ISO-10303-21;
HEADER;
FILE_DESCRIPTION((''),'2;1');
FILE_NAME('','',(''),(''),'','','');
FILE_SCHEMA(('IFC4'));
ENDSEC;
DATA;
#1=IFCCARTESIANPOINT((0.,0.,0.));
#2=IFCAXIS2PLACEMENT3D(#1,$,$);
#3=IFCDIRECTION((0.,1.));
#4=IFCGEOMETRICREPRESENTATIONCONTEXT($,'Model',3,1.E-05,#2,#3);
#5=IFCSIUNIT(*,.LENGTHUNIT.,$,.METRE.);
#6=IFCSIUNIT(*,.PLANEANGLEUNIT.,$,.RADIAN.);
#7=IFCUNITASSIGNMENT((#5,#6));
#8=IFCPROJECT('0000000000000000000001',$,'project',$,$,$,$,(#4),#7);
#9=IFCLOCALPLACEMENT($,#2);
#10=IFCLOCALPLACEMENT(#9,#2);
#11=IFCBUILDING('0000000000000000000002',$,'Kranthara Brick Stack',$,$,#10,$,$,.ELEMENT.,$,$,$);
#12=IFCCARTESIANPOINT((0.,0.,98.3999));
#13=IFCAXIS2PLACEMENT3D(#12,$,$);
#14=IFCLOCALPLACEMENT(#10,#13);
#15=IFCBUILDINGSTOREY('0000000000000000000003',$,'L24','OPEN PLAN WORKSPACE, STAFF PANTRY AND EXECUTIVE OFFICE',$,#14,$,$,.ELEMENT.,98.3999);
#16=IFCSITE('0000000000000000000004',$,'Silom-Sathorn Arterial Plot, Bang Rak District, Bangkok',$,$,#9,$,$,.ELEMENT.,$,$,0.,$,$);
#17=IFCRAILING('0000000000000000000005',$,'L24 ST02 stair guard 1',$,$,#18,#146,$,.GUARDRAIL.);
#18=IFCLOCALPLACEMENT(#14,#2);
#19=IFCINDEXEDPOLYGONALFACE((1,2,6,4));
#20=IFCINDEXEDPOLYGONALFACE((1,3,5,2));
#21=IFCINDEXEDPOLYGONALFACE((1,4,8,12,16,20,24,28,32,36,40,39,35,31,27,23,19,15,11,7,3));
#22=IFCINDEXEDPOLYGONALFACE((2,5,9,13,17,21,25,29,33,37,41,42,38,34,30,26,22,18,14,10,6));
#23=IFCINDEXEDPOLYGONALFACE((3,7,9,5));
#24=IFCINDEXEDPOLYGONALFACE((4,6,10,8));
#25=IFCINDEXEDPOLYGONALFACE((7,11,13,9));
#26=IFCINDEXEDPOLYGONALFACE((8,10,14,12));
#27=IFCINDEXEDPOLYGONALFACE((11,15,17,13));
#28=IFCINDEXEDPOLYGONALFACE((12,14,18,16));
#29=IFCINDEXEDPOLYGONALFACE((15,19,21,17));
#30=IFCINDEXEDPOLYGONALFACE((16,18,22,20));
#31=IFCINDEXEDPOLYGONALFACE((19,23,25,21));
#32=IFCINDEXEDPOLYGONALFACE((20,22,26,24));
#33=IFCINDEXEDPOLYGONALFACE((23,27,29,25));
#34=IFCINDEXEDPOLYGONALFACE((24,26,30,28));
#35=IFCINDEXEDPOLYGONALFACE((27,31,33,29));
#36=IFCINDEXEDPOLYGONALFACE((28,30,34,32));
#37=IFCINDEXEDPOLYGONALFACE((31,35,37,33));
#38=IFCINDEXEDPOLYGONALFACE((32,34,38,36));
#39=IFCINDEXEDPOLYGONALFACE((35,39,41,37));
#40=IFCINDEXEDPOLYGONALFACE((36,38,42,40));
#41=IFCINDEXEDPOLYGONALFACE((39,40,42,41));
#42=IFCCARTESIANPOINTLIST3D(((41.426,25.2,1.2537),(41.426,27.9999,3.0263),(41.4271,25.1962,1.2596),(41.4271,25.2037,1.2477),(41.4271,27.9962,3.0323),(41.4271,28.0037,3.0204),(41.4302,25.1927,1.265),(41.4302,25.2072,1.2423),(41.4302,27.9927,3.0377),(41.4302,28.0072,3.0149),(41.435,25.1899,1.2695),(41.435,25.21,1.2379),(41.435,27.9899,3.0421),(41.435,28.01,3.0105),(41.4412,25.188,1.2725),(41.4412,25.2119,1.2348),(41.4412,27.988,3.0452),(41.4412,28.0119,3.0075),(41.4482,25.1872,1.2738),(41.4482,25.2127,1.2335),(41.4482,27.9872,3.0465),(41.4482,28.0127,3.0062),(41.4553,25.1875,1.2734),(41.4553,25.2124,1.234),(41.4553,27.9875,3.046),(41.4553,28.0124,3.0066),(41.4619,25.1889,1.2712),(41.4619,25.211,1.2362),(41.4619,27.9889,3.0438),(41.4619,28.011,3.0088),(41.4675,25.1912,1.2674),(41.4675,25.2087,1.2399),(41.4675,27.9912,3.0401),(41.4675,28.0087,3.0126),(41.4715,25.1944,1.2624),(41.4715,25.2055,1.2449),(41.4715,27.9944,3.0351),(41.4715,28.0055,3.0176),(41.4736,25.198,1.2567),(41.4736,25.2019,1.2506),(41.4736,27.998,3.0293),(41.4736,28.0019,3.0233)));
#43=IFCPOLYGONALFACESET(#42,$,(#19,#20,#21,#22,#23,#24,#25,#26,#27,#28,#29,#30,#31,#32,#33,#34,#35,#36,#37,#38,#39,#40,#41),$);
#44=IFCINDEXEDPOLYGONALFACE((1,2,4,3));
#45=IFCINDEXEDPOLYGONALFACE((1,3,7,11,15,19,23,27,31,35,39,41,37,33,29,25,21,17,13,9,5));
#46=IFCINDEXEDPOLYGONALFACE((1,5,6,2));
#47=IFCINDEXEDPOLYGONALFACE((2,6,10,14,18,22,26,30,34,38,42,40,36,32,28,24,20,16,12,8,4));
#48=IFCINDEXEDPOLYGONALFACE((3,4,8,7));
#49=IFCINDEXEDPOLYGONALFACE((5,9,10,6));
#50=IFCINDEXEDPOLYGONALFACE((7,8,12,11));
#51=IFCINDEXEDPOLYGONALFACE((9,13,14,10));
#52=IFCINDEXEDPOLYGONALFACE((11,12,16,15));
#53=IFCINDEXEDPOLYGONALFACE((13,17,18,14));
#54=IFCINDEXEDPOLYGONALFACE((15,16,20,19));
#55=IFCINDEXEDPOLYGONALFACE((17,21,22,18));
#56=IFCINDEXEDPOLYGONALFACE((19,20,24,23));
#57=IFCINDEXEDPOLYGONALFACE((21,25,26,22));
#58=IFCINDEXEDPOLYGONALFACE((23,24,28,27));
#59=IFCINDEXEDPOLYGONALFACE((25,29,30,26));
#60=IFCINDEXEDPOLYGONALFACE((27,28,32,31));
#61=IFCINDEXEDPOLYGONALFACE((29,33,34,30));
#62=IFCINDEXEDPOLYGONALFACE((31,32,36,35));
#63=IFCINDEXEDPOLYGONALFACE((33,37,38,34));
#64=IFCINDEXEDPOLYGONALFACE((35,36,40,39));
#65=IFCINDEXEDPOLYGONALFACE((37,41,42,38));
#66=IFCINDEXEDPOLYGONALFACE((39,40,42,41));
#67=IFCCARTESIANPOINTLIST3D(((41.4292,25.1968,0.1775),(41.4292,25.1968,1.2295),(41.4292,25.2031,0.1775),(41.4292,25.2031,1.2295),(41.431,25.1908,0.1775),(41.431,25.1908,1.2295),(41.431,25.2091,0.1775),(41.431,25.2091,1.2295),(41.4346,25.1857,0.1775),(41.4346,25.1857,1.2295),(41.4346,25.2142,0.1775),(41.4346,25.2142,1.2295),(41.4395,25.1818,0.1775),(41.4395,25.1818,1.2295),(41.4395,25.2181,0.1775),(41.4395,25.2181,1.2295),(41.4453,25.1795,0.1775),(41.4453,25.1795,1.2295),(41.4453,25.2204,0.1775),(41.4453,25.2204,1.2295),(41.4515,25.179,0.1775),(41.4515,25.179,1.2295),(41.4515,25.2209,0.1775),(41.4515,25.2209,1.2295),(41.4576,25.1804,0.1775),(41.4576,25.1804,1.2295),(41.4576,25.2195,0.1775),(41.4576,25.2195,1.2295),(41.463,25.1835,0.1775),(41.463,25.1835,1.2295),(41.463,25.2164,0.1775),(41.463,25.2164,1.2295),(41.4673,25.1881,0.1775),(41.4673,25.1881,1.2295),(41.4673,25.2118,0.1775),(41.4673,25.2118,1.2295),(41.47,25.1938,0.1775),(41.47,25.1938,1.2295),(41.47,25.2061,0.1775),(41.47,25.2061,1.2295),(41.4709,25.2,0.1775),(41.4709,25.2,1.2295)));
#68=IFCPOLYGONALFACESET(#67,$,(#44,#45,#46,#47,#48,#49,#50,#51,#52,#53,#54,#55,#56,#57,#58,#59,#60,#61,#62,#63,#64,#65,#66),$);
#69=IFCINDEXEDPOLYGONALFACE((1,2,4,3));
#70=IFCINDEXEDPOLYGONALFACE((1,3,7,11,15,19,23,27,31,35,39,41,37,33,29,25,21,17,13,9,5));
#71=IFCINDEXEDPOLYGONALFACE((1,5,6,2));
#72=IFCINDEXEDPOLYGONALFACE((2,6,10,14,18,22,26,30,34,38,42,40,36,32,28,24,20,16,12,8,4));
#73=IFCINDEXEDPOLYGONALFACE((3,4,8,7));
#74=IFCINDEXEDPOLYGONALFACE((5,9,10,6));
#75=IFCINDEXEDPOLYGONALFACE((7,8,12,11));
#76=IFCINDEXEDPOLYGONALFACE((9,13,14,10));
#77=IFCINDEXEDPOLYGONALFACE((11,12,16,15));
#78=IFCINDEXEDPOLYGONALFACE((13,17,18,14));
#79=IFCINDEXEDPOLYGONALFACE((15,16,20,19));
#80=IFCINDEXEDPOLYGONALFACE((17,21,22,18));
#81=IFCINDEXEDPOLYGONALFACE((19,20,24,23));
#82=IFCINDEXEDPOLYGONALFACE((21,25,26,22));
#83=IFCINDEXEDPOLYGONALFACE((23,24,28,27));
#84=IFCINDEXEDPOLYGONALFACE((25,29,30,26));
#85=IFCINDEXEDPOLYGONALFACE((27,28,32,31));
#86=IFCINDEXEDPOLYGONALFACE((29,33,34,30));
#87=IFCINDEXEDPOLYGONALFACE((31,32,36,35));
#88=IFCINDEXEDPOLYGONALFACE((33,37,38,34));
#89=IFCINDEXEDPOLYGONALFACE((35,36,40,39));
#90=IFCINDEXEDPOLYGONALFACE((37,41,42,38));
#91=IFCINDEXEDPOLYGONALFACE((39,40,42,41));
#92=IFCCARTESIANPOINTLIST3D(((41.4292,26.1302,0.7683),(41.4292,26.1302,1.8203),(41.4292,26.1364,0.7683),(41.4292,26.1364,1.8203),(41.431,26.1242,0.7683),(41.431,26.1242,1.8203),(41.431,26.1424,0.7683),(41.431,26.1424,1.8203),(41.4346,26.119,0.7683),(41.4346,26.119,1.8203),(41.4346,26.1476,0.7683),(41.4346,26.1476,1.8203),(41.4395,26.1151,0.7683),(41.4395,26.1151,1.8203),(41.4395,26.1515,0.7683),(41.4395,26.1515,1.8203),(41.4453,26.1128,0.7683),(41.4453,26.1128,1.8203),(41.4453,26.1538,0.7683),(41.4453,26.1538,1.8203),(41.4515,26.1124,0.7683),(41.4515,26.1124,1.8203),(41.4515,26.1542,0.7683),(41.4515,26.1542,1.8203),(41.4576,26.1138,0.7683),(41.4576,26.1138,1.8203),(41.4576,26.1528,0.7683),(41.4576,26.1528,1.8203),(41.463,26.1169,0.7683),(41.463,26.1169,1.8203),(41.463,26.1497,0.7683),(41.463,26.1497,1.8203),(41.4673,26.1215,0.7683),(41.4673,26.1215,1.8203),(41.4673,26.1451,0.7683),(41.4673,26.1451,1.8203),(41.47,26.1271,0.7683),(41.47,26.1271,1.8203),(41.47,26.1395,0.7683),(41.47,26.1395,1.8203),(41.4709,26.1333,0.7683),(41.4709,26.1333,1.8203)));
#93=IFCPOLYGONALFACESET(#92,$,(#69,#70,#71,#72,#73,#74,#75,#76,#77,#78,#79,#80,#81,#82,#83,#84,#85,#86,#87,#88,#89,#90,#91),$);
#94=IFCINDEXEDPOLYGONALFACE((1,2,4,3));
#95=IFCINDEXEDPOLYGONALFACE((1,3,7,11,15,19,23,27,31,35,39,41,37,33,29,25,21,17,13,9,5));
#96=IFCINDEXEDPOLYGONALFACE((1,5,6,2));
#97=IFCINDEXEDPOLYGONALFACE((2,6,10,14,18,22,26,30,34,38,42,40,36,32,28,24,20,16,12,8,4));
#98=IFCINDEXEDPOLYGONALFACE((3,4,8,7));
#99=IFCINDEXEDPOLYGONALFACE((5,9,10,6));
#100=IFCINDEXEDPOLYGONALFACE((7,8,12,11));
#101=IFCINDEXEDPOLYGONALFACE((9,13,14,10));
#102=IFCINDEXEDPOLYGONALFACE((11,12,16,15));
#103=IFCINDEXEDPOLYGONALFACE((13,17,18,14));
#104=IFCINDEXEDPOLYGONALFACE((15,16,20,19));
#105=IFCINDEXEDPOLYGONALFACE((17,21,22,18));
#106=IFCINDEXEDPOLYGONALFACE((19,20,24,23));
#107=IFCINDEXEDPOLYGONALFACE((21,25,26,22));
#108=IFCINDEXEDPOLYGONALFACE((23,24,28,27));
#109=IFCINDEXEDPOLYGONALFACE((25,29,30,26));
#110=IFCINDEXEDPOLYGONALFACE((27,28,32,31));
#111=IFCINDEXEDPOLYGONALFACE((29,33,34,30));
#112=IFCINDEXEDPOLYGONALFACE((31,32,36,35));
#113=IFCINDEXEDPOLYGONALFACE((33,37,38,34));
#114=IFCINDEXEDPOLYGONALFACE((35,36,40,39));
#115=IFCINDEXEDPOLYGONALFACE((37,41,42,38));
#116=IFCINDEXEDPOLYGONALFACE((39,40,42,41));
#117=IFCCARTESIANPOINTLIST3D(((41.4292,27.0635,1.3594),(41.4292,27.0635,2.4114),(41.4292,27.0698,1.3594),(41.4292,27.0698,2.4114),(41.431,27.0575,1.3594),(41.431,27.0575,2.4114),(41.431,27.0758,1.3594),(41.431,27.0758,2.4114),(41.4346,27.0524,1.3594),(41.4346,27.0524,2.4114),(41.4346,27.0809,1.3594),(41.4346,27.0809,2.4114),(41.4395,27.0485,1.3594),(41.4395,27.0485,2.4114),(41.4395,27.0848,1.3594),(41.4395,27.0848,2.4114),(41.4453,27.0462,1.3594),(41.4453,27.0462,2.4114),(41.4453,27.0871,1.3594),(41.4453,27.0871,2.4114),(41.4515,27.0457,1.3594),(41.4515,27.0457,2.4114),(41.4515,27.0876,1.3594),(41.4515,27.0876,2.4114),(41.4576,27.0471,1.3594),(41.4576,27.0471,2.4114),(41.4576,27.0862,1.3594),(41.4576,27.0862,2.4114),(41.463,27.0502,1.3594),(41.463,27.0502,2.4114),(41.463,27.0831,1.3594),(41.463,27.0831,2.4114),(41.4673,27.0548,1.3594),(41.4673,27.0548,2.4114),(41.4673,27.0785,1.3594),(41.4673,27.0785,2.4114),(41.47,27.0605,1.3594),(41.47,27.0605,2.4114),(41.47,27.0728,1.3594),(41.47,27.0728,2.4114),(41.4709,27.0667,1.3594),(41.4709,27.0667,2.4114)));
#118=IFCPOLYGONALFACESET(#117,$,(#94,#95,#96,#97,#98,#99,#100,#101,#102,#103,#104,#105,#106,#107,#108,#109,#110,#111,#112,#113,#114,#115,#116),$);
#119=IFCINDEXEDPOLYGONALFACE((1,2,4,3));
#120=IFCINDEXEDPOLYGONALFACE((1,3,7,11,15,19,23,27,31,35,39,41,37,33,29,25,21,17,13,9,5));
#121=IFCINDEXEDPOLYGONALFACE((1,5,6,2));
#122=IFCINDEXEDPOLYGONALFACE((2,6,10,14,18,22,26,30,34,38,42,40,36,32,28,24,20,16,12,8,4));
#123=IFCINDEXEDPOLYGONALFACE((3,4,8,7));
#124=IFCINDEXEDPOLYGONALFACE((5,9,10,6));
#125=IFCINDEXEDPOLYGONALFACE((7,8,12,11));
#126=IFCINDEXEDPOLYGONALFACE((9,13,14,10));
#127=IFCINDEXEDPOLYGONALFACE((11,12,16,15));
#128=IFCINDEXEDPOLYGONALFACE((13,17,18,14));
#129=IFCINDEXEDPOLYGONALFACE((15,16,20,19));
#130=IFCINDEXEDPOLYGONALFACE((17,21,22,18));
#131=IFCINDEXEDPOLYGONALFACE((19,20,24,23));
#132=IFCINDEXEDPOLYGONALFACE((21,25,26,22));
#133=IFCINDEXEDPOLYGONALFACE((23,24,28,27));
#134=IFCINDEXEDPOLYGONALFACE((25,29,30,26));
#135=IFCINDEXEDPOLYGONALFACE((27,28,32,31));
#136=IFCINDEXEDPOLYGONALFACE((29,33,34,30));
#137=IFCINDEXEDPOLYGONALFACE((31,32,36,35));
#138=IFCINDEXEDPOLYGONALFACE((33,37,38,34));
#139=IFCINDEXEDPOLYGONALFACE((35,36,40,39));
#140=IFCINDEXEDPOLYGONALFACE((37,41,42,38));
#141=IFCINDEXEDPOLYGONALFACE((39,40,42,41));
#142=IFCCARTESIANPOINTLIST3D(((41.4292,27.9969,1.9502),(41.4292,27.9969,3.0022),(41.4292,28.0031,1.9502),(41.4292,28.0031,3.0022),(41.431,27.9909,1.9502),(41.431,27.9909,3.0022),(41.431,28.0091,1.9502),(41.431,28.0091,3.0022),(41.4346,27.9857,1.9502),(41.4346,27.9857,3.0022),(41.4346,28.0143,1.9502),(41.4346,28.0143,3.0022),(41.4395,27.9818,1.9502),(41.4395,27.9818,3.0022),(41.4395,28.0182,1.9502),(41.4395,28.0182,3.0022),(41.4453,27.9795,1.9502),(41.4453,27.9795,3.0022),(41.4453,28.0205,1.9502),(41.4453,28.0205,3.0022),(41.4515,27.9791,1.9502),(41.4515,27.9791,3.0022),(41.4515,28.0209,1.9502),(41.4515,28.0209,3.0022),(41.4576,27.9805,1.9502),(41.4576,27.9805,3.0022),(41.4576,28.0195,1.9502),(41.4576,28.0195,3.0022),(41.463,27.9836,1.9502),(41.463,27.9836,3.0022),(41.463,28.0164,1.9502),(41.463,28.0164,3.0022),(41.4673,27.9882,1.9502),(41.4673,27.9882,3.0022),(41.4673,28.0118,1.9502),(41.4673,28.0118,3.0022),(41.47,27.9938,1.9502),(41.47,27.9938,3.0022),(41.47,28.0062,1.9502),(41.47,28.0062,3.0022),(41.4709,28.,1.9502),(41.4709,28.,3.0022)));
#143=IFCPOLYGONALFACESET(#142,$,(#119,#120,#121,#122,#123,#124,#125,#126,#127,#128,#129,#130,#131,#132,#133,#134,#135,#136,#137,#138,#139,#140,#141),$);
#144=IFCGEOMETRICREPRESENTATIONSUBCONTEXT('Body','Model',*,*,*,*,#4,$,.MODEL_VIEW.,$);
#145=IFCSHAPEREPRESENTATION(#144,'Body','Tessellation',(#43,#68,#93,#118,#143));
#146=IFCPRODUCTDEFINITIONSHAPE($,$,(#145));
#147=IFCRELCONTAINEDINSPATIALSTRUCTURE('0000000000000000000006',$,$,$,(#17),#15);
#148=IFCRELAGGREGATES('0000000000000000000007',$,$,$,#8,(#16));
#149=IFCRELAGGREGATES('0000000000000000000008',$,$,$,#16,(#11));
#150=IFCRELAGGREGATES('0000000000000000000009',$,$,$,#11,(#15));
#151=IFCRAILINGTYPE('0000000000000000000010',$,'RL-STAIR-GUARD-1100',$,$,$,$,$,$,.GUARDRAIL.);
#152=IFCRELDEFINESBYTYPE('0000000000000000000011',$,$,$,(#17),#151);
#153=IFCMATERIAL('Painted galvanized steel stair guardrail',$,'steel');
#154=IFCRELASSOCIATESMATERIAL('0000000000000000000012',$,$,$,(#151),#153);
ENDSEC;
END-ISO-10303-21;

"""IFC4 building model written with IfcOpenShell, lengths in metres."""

from ifc_helpers import new_model, si_unit, direction, frame, origin, origin_2d, place, context, subcontext, project, spatial, circle, extrude, material, type_object, element, save


model = new_model("IFC4")

# Units and contexts
model_context = context("Model", 3, precision=1e-05, world=origin(), true_north=direction((0.0, 1.0)))
body_context = subcontext(model_context, "Body", "Model", "MODEL_VIEW")
ifc_project = project(units=[si_unit("LENGTHUNIT", "METRE"), si_unit("PLANEANGLEUNIT", "RADIAN")], contexts=[model_context])

# Site, building, storey
site_placement = place(None, origin())
site = spatial("IfcSite", under=ifc_project, at=site_placement, Name="Silom-Sathorn Arterial Plot, Bang Rak District, Bangkok", CompositionType="ELEMENT", RefElevation=0.0)
building_placement = place(site_placement, origin())
building = spatial("IfcBuilding", under=site, at=building_placement, Name="Kranthara Brick Stack", CompositionType="ELEMENT")
storey_placement = place(building_placement, frame((0.0, 0.0, 98.3999)))
storey = spatial("IfcBuildingStorey", under=building, at=storey_placement, Name="L24", Description="OPEN PLAN WORKSPACE, STAFF PANTRY AND EXECUTIVE OFFICE", CompositionType="ELEMENT", Elevation=98.3999)

# Railing
ifc_material_1 = material(Name="Painted galvanized steel stair guardrail", Category="steel")
railing_type_1 = type_object("IfcRailingType", Name="RL-STAIR-GUARD-1100", PredefinedType="GUARDRAIL", material=ifc_material_1)
railing_1_placement = place(storey_placement, frame((41.45, 25.2, 0.1775)))
element("IfcRailing", 1, at=railing_1_placement, inside=storey, type_object=railing_type_1, Name="L24 ST02 stair guard 1", PredefinedType="GUARDRAIL", context=body_context, shape_type="SweptSolid", body=[
    extrude(circle(Radius=0.0239, at=origin_2d()), frame((0.0, 0.0, 1.0762), z_axis=(0.0, 0.844909, 0.53491), x_axis=(-1.0, 0.0, 0.0)), (0.0, 0.0, 1.0), 3.314),
    extrude(circle(Radius=0.021, at=origin_2d()), origin(), (0.0, 0.0, 1.0), 1.052),
    extrude(circle(Radius=0.021, at=origin_2d()), frame((0.0, 0.9333, 0.5908)), (0.0, 0.0, 1.0), 1.052),
    extrude(circle(Radius=0.021, at=origin_2d()), frame((0.0, 1.8667, 1.1819)), (0.0, 0.0, 1.0), 1.052),
    extrude(circle(Radius=0.021, at=origin_2d()), frame((0.0, 2.8, 1.7727)), (0.0, 0.0, 1.0), 1.052),
])

save(model, "model.ifc")
